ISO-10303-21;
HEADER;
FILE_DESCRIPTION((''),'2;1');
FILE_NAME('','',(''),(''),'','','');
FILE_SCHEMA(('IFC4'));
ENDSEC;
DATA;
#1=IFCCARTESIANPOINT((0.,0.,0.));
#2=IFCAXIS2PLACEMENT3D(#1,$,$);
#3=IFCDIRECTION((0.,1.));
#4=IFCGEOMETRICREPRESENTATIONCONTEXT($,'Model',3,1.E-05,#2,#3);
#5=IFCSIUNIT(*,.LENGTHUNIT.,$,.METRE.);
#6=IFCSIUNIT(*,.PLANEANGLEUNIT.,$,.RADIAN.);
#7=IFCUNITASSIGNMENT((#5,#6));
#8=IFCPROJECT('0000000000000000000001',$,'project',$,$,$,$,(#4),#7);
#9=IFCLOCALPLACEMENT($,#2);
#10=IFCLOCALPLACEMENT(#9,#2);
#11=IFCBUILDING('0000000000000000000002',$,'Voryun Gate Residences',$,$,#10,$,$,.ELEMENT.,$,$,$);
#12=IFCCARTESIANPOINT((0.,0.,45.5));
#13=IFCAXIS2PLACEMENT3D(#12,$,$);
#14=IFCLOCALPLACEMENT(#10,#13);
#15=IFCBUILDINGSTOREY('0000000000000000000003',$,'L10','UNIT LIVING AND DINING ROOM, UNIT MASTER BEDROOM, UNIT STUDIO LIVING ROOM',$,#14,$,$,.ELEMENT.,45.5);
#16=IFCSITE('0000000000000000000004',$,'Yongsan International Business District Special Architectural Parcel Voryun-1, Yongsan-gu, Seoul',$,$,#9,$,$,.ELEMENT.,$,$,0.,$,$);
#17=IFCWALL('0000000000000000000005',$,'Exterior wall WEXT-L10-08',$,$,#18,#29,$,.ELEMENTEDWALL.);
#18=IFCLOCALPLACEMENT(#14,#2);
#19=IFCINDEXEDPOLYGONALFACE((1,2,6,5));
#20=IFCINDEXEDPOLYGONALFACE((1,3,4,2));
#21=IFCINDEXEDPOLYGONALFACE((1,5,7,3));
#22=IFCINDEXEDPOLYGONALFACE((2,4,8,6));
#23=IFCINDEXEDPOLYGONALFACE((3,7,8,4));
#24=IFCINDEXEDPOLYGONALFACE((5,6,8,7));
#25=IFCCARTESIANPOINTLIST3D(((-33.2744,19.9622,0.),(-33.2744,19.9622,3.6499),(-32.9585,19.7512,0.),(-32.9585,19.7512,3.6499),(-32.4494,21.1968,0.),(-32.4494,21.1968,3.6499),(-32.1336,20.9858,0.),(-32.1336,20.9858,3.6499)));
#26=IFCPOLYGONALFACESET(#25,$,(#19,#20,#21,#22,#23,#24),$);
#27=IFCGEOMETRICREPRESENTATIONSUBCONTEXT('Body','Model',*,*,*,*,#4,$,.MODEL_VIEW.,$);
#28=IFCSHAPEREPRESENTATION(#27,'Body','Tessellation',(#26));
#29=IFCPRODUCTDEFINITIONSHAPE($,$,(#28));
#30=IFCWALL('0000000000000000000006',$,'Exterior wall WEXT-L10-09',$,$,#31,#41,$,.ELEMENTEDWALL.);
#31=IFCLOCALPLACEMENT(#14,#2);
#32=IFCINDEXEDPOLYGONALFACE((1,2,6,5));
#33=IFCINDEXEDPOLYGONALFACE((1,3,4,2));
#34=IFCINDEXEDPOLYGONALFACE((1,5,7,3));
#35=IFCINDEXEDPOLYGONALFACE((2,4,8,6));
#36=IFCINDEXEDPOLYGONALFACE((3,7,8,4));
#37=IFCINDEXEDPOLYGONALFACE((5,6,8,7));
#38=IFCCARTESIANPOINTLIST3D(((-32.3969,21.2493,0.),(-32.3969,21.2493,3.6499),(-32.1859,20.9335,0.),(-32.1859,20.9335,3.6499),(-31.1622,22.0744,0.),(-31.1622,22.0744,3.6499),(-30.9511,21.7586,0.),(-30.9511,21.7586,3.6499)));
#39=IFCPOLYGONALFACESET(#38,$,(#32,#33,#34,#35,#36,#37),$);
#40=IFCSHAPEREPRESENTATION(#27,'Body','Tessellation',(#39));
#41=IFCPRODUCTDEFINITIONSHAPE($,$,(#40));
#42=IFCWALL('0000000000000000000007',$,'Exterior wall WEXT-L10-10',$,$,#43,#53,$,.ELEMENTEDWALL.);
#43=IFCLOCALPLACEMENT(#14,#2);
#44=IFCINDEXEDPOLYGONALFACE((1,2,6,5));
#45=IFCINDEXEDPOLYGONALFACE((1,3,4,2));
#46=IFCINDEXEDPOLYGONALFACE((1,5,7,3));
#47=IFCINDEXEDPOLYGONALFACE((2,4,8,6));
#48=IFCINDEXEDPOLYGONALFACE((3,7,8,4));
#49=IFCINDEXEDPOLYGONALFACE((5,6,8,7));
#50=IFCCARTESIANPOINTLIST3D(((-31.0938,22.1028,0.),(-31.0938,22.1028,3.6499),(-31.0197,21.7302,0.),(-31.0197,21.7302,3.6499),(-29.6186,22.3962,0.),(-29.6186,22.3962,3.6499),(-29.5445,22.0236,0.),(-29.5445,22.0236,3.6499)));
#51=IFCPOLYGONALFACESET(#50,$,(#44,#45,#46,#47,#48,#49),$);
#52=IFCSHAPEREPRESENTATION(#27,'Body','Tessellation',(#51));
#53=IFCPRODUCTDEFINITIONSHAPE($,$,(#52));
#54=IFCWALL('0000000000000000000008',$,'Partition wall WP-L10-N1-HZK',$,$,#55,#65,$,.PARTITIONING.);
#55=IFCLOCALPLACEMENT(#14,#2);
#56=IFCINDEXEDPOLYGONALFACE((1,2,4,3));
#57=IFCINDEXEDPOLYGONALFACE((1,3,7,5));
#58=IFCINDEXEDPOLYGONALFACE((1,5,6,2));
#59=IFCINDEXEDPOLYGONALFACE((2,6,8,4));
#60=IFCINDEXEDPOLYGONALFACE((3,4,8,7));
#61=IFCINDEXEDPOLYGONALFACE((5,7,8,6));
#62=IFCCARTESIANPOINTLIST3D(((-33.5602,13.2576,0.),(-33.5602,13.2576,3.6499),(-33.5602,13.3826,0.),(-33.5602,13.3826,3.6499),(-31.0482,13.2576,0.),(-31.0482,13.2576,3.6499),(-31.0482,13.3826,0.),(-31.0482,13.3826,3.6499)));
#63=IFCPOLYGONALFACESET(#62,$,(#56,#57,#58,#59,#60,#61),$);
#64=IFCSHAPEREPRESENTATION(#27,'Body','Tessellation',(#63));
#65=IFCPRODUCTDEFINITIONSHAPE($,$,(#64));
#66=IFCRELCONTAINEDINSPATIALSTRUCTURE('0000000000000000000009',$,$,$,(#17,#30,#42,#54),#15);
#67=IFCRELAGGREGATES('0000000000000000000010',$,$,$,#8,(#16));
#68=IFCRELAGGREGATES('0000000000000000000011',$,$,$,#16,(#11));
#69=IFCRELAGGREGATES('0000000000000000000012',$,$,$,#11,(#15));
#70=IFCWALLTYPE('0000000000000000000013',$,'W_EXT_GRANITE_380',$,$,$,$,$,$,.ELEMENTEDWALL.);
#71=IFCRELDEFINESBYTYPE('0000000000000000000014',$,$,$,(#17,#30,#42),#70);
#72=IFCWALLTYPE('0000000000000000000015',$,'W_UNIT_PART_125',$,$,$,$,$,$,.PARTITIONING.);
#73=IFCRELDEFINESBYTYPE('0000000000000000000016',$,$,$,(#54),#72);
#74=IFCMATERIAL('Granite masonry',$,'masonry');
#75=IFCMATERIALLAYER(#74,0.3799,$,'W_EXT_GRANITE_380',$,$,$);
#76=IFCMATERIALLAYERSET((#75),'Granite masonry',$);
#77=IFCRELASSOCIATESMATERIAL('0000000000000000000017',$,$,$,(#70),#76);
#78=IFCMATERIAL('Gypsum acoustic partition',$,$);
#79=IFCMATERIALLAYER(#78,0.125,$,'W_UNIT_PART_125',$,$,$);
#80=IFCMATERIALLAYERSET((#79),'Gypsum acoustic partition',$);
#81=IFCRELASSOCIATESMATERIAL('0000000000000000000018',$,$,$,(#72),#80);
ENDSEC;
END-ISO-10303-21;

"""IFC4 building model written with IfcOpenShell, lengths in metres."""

from ifc_helpers import new_model, si_unit, direction, frame, frame_2d, origin, place, context, subcontext, project, spatial, rectangle, extrude, material, layer, layer_set, type_object, element, save


model = new_model("IFC4")

# Units and contexts
model_context = context("Model", 3, precision=1e-05, world=origin(), true_north=direction((0.0, 1.0)))
body_context = subcontext(model_context, "Body", "Model", "MODEL_VIEW")
ifc_project = project(units=[si_unit("LENGTHUNIT", "METRE"), si_unit("PLANEANGLEUNIT", "RADIAN")], contexts=[model_context])

# Site, building, storey
site_placement = place(None, origin())
site = spatial("IfcSite", under=ifc_project, at=site_placement, Name="Yongsan International Business District Special Architectural Parcel Voryun-1, Yongsan-gu, Seoul", CompositionType="ELEMENT", RefElevation=0.0)
building_placement = place(site_placement, origin())
building = spatial("IfcBuilding", under=site, at=building_placement, Name="Voryun Gate Residences", CompositionType="ELEMENT")
storey_placement = place(building_placement, frame((0.0, 0.0, 45.5)))
storey = spatial("IfcBuildingStorey", under=building, at=storey_placement, Name="L10", Description="UNIT LIVING AND DINING ROOM, UNIT MASTER BEDROOM, UNIT STUDIO LIVING ROOM", CompositionType="ELEMENT", Elevation=45.5)

# Walls
ifc_material_1 = material(Name="Granite masonry", Category="masonry")
ifc_layer_1 = layer(ifc_material_1, 0.3799, Name="W_EXT_GRANITE_380")
ifc_layer_set_1 = layer_set([ifc_layer_1], Name="Granite masonry")
wall_type_1 = type_object("IfcWallType", Name="W_EXT_GRANITE_380", PredefinedType="ELEMENTEDWALL", material=ifc_layer_set_1)
wall_1_placement = place(storey_placement, frame((-33.1165, 19.8567, 0.0), z_axis=(0.0, 0.0, 1.0), x_axis=(0.555573, 0.831468, 0.0)))
element("IfcWall", 1, at=wall_1_placement, inside=storey, type_object=wall_type_1, Name="Exterior wall WEXT-L10-08", PredefinedType="ELEMENTEDWALL", context=body_context, shape_type="SweptSolid", body=[
    extrude(rectangle(XDim=1.4849, YDim=0.3799, at=frame_2d((0.7424, 0.0))), origin(), (0.0, 0.0, 1.0), 3.6499),
])
wall_2_placement = place(storey_placement, frame((-32.2915, 21.0913, 0.0), z_axis=(0.0, 0.0, 1.0), x_axis=(0.831443, 0.55561, 0.0)))
element("IfcWall", 2, at=wall_2_placement, inside=storey, type_object=wall_type_1, Name="Exterior wall WEXT-L10-09", PredefinedType="ELEMENTEDWALL", context=body_context, shape_type="SweptSolid", body=[
    extrude(rectangle(XDim=1.4851, YDim=0.3799, at=frame_2d((0.7427, 0.0))), origin(), (0.0, 0.0, 1.0), 3.6499),
])
wall_3_placement = place(storey_placement, frame((-31.0566, 21.9165, 0.0), z_axis=(0.0, 0.0, 1.0), x_axis=(0.980786, 0.195086, 0.0)))
element("IfcWall", 3, at=wall_3_placement, inside=storey, type_object=wall_type_1, Name="Exterior wall WEXT-L10-10", PredefinedType="ELEMENTEDWALL", context=body_context, shape_type="SweptSolid", body=[
    extrude(rectangle(XDim=1.5042, YDim=0.3799, at=frame_2d((0.752, 0.0))), origin(), (0.0, 0.0, 1.0), 3.6499),
])
ifc_material_2 = material(Name="Gypsum acoustic partition")
ifc_layer_2 = layer(ifc_material_2, 0.125, Name="W_UNIT_PART_125")
ifc_layer_set_2 = layer_set([ifc_layer_2], Name="Gypsum acoustic partition")
wall_type_2 = type_object("IfcWallType", Name="W_UNIT_PART_125", PredefinedType="PARTITIONING", material=ifc_layer_set_2)
wall_4_placement = place(storey_placement, frame((-33.5601, 13.3201, 0.0), z_axis=(0.0, 0.0, 1.0), x_axis=(1.0, 0.0, 0.0)))
element("IfcWall", 4, at=wall_4_placement, inside=storey, type_object=wall_type_2, Name="Partition wall WP-L10-N1-HZK", PredefinedType="PARTITIONING", context=body_context, shape_type="SweptSolid", body=[
    extrude(rectangle(XDim=2.512, YDim=0.125, at=frame_2d((1.2559, 0.0))), origin(), (0.0, 0.0, 1.0), 3.6499),
])

save(model, "model.ifc")
